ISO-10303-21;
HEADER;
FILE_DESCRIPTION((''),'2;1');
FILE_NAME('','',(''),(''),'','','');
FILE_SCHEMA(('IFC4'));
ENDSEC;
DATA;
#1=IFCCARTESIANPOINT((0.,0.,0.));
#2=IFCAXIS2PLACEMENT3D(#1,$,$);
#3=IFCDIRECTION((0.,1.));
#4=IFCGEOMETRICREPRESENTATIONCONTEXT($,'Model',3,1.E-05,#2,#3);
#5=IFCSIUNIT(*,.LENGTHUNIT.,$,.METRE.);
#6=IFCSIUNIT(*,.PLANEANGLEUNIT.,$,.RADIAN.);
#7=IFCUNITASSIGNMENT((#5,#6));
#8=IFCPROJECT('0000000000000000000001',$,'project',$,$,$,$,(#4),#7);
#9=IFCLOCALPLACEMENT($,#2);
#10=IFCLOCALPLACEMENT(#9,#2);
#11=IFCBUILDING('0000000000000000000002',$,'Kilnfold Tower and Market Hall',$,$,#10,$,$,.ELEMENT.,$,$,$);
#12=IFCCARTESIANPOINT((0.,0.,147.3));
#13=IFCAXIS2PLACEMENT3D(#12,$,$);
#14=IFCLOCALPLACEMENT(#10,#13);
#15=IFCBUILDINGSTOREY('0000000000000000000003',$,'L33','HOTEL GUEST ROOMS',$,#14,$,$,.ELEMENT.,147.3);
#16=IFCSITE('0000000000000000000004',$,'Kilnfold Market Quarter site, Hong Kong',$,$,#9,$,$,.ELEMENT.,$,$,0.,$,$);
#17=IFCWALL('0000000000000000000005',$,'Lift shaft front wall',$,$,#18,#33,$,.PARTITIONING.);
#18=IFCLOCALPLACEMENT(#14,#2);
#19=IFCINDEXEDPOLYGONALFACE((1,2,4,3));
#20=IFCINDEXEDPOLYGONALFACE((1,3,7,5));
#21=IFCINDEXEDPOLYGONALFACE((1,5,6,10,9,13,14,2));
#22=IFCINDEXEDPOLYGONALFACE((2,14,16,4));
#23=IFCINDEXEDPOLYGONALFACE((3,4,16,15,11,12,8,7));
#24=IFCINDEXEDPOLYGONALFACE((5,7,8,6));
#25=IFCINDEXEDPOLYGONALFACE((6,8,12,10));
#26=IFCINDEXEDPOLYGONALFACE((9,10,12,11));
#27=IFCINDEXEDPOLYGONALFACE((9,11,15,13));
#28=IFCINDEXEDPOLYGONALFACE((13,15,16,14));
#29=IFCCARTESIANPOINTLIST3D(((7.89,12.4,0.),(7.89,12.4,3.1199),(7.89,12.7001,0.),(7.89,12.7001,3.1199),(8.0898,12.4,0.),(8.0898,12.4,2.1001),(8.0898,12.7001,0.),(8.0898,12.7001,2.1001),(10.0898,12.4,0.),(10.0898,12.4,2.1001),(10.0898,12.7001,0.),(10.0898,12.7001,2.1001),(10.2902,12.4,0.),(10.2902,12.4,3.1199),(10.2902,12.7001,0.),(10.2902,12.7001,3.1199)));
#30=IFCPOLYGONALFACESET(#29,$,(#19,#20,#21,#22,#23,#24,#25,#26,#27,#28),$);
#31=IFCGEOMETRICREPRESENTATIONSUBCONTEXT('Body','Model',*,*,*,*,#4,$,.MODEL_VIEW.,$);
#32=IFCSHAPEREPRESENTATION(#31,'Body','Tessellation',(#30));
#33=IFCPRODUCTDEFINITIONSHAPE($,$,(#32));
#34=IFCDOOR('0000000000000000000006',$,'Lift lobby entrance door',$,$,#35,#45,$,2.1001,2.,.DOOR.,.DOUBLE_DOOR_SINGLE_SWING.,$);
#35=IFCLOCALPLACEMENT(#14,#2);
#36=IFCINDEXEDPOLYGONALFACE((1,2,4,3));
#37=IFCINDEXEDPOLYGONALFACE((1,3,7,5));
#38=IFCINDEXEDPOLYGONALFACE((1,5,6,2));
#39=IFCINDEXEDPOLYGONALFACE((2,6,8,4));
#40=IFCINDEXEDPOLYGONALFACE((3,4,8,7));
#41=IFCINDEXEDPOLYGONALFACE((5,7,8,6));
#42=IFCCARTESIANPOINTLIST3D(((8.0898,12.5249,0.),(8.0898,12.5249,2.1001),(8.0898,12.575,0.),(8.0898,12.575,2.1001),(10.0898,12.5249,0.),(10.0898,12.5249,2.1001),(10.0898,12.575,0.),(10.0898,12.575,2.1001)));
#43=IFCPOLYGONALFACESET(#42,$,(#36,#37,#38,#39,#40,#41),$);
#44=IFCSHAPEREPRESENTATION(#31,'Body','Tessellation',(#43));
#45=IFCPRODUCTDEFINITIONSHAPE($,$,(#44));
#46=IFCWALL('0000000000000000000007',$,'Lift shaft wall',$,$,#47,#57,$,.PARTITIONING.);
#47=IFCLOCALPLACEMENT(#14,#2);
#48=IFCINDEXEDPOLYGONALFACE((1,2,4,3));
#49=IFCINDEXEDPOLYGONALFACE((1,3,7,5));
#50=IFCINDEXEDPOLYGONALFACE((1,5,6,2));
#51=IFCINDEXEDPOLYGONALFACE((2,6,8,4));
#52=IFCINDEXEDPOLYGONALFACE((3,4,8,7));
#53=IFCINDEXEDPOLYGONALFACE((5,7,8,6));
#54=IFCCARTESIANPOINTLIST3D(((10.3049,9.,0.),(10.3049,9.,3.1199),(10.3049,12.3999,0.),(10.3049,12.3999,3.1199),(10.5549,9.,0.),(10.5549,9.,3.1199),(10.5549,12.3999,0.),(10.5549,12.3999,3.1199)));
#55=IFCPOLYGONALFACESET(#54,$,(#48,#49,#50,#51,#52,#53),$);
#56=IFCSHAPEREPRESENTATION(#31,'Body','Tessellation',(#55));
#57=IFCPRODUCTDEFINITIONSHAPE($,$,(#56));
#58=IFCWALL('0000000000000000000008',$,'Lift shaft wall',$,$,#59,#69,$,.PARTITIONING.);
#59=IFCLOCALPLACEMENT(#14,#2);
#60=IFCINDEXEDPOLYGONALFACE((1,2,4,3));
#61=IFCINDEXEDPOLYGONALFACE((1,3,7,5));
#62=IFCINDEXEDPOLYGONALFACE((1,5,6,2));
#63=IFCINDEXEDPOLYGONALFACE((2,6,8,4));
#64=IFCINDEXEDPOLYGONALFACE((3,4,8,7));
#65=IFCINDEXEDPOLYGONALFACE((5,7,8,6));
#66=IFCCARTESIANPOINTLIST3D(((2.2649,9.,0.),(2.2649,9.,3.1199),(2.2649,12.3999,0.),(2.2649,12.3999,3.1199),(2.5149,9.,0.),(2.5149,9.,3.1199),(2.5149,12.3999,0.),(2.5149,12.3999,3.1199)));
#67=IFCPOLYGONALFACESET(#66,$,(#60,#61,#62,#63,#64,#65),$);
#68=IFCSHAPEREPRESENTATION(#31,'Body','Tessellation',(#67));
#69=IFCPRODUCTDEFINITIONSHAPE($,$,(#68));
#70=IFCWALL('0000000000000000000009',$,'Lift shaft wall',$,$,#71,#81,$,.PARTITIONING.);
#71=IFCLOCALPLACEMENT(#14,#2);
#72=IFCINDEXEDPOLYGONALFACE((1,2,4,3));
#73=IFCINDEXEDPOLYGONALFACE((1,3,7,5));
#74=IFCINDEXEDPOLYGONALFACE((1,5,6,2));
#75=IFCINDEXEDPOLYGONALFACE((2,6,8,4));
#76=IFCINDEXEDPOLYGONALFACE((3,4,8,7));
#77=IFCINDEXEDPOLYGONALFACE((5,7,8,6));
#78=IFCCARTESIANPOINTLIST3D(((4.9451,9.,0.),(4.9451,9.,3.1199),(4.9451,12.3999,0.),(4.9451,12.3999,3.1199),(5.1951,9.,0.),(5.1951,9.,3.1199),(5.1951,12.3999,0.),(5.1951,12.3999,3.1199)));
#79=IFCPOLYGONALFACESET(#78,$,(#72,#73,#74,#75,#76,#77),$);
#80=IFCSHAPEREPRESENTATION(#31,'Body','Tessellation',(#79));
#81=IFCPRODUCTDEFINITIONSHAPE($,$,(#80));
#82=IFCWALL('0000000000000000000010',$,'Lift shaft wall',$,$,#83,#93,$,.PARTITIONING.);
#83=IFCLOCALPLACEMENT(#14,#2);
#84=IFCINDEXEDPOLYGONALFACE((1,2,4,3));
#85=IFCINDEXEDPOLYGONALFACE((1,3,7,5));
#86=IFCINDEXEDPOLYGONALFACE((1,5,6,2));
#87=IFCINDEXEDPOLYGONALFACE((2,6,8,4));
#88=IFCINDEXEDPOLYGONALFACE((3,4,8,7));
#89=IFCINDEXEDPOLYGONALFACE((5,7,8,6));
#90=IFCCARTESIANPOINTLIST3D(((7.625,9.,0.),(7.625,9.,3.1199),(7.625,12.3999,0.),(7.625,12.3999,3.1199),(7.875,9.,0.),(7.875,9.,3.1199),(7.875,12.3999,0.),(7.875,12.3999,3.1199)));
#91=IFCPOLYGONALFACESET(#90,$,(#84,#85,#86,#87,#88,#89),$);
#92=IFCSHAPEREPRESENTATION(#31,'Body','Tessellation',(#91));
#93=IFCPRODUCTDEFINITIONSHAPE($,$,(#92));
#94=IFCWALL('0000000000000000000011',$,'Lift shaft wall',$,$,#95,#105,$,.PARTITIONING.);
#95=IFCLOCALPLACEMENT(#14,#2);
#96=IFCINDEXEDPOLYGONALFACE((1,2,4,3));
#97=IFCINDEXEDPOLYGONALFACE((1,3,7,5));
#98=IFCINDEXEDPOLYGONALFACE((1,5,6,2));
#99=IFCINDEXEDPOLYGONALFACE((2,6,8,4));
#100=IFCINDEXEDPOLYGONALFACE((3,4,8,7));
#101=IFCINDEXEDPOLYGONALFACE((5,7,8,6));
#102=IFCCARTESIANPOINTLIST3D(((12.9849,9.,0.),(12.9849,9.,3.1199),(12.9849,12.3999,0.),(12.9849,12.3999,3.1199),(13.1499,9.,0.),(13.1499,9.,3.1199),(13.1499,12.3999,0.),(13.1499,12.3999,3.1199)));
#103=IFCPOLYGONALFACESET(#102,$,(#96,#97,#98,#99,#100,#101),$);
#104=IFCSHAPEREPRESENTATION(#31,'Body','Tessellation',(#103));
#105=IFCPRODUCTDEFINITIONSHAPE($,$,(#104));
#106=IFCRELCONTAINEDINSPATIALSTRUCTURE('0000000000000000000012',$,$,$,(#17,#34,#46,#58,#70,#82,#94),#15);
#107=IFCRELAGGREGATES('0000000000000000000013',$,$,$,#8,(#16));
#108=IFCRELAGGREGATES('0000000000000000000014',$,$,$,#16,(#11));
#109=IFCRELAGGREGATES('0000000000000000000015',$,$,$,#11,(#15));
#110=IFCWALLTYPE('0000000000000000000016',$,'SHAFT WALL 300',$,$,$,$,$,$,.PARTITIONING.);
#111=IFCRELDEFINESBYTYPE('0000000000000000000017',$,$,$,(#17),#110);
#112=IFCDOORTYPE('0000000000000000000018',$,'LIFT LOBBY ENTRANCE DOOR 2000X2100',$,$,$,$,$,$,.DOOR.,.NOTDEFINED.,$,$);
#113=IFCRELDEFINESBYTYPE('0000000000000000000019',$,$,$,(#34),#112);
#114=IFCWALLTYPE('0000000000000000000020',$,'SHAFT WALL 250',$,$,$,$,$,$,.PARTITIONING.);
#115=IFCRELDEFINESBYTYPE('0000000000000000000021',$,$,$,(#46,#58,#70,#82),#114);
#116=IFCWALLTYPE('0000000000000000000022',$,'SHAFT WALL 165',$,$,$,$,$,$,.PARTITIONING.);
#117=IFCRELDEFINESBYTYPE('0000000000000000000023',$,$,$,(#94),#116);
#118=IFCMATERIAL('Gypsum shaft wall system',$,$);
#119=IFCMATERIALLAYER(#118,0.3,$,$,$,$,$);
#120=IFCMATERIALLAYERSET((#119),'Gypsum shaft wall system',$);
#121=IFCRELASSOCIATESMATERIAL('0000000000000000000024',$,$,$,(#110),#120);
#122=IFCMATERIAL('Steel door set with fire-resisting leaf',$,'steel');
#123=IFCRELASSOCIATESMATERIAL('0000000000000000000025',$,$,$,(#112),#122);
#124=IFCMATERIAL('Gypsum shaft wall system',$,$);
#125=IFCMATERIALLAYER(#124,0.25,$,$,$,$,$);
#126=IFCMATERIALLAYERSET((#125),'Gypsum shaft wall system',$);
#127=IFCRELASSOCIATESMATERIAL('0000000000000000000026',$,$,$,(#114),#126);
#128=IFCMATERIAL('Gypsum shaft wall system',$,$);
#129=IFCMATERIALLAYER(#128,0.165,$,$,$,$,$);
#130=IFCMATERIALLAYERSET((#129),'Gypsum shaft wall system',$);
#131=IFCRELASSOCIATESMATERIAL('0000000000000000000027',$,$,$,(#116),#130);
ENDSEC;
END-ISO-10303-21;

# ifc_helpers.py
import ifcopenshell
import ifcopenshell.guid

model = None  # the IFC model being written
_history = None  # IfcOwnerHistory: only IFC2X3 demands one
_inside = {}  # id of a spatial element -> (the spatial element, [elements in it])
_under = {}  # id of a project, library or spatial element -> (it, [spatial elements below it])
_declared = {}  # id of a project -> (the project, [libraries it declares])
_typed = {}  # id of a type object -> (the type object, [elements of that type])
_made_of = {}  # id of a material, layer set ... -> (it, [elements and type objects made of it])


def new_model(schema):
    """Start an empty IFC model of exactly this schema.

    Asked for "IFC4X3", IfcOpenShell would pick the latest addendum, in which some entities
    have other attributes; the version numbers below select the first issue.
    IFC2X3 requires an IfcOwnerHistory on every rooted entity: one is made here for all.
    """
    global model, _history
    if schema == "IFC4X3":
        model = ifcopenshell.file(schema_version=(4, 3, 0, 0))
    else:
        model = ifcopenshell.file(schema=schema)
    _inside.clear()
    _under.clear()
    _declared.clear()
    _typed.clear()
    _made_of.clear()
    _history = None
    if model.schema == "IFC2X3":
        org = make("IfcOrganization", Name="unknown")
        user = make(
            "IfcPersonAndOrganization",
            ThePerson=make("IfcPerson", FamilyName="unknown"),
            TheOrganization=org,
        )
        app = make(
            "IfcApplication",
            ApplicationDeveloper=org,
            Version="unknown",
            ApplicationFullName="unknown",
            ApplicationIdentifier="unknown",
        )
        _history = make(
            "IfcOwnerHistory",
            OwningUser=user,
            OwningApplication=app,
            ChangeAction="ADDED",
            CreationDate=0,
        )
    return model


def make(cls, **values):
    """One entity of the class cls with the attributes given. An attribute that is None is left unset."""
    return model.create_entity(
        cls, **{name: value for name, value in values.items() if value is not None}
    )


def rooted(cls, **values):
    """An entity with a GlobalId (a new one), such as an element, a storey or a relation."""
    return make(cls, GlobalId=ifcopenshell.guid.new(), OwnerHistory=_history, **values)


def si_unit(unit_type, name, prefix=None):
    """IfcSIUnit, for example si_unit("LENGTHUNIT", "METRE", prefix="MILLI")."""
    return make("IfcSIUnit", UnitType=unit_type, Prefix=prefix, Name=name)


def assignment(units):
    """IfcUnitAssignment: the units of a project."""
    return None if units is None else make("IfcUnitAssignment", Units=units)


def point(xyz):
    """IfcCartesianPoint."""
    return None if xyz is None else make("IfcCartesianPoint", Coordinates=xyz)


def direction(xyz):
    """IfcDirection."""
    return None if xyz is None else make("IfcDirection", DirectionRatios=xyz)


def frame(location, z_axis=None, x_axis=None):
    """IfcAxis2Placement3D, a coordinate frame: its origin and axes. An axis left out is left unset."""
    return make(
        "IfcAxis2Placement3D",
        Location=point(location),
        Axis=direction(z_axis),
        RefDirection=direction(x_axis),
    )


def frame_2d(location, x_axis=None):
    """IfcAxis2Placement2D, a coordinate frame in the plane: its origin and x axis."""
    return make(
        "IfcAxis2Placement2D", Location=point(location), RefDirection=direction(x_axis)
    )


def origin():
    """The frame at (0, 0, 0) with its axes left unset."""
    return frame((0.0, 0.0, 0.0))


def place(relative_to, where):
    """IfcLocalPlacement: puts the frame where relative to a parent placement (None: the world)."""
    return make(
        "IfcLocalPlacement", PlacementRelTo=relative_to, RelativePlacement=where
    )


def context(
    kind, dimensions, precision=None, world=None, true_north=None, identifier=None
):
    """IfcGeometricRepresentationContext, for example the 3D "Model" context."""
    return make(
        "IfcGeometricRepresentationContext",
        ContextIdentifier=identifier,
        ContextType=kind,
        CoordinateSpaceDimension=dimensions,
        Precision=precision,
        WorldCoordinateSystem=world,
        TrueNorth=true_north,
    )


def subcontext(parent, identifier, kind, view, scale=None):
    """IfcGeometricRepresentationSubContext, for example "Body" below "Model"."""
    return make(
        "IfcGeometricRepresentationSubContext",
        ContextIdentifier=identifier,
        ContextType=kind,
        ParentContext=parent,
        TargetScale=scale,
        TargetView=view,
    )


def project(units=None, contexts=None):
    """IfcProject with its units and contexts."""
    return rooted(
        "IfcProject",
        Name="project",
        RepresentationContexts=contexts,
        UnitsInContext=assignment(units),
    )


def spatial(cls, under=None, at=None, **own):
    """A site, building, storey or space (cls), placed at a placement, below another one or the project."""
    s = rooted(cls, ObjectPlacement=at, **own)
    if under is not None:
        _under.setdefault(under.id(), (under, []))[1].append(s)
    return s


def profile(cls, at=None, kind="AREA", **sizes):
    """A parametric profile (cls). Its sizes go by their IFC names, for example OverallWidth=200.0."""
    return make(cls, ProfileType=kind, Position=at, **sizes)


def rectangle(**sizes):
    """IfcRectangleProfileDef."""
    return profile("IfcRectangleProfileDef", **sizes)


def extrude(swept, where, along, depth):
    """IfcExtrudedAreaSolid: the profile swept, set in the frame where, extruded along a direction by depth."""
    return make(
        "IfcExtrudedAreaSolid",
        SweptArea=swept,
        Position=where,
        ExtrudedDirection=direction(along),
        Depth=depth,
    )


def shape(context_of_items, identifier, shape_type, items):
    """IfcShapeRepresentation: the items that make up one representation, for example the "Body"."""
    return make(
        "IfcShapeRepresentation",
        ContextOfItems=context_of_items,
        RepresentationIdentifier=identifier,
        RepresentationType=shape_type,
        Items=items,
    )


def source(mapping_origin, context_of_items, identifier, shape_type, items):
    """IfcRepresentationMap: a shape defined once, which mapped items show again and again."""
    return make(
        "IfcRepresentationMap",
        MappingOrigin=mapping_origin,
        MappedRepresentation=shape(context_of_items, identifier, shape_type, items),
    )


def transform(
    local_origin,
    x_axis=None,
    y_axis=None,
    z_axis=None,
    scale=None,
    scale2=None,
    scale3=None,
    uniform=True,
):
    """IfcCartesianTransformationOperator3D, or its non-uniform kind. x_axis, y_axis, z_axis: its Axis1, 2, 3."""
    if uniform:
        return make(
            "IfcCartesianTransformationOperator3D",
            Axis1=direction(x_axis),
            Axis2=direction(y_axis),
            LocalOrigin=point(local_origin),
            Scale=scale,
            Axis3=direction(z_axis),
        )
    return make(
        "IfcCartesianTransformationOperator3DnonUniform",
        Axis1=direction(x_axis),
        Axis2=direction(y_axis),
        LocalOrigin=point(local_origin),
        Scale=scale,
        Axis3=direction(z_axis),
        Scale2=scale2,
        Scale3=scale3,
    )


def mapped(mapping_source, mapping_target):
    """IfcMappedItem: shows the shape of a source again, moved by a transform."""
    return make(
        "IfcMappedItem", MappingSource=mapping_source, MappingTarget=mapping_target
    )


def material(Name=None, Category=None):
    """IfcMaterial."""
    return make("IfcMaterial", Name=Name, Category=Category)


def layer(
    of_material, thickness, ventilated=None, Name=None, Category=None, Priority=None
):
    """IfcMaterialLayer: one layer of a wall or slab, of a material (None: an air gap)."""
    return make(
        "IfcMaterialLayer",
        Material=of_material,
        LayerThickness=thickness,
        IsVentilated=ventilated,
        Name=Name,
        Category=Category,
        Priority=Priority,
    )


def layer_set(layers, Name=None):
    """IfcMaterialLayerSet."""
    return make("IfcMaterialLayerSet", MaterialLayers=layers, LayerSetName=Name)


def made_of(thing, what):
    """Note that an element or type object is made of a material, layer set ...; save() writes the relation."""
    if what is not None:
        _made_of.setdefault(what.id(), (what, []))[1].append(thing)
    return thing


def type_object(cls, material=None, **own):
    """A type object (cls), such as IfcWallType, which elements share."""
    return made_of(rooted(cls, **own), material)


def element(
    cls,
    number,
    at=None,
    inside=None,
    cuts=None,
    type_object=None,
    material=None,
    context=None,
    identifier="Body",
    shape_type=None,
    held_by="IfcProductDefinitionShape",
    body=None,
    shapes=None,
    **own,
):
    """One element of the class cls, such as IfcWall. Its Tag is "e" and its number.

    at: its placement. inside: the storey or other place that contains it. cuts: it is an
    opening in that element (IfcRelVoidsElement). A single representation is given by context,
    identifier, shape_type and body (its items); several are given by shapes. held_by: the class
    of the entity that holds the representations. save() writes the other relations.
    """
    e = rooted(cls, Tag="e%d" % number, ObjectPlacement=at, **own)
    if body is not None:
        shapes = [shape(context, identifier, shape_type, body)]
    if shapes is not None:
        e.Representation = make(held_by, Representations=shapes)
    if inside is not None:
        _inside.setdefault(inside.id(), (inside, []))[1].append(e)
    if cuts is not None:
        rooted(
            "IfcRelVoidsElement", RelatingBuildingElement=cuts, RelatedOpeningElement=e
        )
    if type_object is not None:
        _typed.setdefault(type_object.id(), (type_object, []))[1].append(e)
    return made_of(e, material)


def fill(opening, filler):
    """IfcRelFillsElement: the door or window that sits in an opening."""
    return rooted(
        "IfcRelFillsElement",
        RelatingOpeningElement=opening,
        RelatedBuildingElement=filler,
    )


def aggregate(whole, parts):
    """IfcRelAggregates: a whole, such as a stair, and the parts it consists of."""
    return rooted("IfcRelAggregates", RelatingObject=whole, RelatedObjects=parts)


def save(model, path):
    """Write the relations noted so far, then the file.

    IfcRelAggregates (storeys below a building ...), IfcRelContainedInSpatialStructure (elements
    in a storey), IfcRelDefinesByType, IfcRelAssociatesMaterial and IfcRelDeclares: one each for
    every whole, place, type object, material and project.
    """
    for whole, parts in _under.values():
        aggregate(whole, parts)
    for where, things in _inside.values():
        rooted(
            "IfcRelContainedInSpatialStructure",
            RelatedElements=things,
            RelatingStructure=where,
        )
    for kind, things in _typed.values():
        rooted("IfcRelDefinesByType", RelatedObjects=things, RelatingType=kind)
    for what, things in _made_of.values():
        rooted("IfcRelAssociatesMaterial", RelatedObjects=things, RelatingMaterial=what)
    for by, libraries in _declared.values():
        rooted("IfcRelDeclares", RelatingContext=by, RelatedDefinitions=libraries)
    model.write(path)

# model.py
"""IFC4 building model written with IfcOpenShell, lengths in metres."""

from ifc_helpers import new_model, si_unit, direction, frame, frame_2d, origin, place, context, subcontext, project, spatial, rectangle, extrude, source, transform, mapped, material, layer, layer_set, type_object, element, fill, save


model = new_model("IFC4")

# Units and contexts
model_context = context("Model", 3, precision=1e-05, world=origin(), true_north=direction((0.0, 1.0)))
body_context = subcontext(model_context, "Body", "Model", "MODEL_VIEW")
ifc_project = project(units=[si_unit("LENGTHUNIT", "METRE"), si_unit("PLANEANGLEUNIT", "RADIAN")], contexts=[model_context])

# Site, building, storey
site_placement = place(None, origin())
site = spatial("IfcSite", under=ifc_project, at=site_placement, Name="Kilnfold Market Quarter site, Hong Kong", CompositionType="ELEMENT", RefElevation=0.0)
building_placement = place(site_placement, origin())
building = spatial("IfcBuilding", under=site, at=building_placement, Name="Kilnfold Tower and Market Hall", CompositionType="ELEMENT")
storey_placement = place(building_placement, frame((0.0, 0.0, 147.3)))
storey = spatial("IfcBuildingStorey", under=building, at=storey_placement, Name="L33", Description="HOTEL GUEST ROOMS", CompositionType="ELEMENT", Elevation=147.3)

# Shared definitions
ifc_material_1 = material(Name="Gypsum shaft wall system")
ifc_layer_1 = layer(ifc_material_1, 0.3)
ifc_layer_set_1 = layer_set([ifc_layer_1], Name="Gypsum shaft wall system")
wall_type_1 = type_object("IfcWallType", Name="SHAFT WALL 300", PredefinedType="PARTITIONING", material=ifc_layer_set_1)

# Wall, opening, door
shared_shape_1 = source(origin(), body_context, "Body", "SweptSolid", [
    extrude(rectangle(XDim=2.4001, YDim=0.3, at=frame_2d((1.2002, 0.0))), origin(), (0.0, 0.0, 1.0), 3.1199),
])
wall_1_placement = place(storey_placement, frame((7.8899, 12.55, 0.0), z_axis=(0.0, 0.0, 1.0), x_axis=(1.0, 0.0, 0.0)))
wall_1 = element("IfcWall", 1, at=wall_1_placement, inside=storey, type_object=wall_type_1, Name="Lift shaft front wall", PredefinedType="PARTITIONING", context=body_context, shape_type="MappedRepresentation", body=[
    mapped(shared_shape_1, transform((0.0, 0.0, 0.0))),
])
opening_1_placement = place(wall_1_placement, frame((0.2, 0.0, 0.0)))
opening_1 = element("IfcOpeningElement", 2, at=opening_1_placement, cuts=wall_1, PredefinedType="OPENING", context=body_context, shape_type="SweptSolid", body=[
    extrude(rectangle(XDim=2.0, YDim=2.1001, at=frame_2d((1.0, 1.05))), frame((0.0, 0.1602, 0.0), z_axis=(0.0, -1.0, 0.0), x_axis=(1.0, 0.0, 0.0)), (0.0, 0.0, 1.0), 0.3201),
])
ifc_material_2 = material(Name="Steel door set with fire-resisting leaf", Category="steel")
door_type_1 = type_object("IfcDoorType", Name="LIFT LOBBY ENTRANCE DOOR 2000X2100", OperationType="NOTDEFINED", PredefinedType="DOOR", material=ifc_material_2)
door_1_placement = place(opening_1_placement, origin())
door_1 = element("IfcDoor", 3, at=door_1_placement, inside=storey, type_object=door_type_1, Name="Lift lobby entrance door", OperationType="DOUBLE_DOOR_SINGLE_SWING", OverallHeight=2.1001, OverallWidth=2.0, PredefinedType="DOOR", context=body_context, shape_type="SweptSolid", body=[
    extrude(rectangle(XDim=2.0, YDim=2.1001, at=frame_2d((1.0, 1.05))), frame((0.0, 0.0249, 0.0), z_axis=(0.0, -1.0, 0.0), x_axis=(1.0, 0.0, 0.0)), (0.0, 0.0, 1.0), 0.05),
])
fill(opening_1, door_1)

# Walls
ifc_material_3 = material(Name="Gypsum shaft wall system")
ifc_layer_2 = layer(ifc_material_3, 0.25)
ifc_layer_set_2 = layer_set([ifc_layer_2], Name="Gypsum shaft wall system")
wall_type_2 = type_object("IfcWallType", Name="SHAFT WALL 250", PredefinedType="PARTITIONING", material=ifc_layer_set_2)
shared_shape_2 = source(origin(), body_context, "Body", "SweptSolid", [
    extrude(rectangle(XDim=3.3999, YDim=0.25, at=frame_2d((1.7, 0.0))), origin(), (0.0, 0.0, 1.0), 3.1199),
])
for number, where, z_axis, x_axis, name in (
    (4, (10.4299, 9.0, 0.0), (0.0, 0.0, 1.0), (0.0, 1.0, 0.0), "Lift shaft wall"),
    (5, (2.3899, 9.0, 0.0), (0.0, 0.0, 1.0), (0.0, 1.0, 0.0), "Lift shaft wall"),
    (6, (5.0701, 9.0, 0.0), (0.0, 0.0, 1.0), (0.0, 1.0, 0.0), "Lift shaft wall"),
    (7, (7.75, 9.0, 0.0), (0.0, 0.0, 1.0), (0.0, 1.0, 0.0), "Lift shaft wall"),
):
    element("IfcWall", number, at=place(storey_placement, frame(where, z_axis=z_axis, x_axis=x_axis)), inside=storey, type_object=wall_type_2, Name=name, PredefinedType="PARTITIONING", context=body_context, shape_type="MappedRepresentation", body=[
        mapped(shared_shape_2, transform((0.0, 0.0, 0.0))),
    ])
ifc_material_4 = material(Name="Gypsum shaft wall system")
ifc_layer_3 = layer(ifc_material_4, 0.165)
ifc_layer_set_3 = layer_set([ifc_layer_3], Name="Gypsum shaft wall system")
wall_type_3 = type_object("IfcWallType", Name="SHAFT WALL 165", PredefinedType="PARTITIONING", material=ifc_layer_set_3)
shared_shape_3 = source(origin(), body_context, "Body", "SweptSolid", [
    extrude(rectangle(XDim=3.3999, YDim=0.165, at=frame_2d((1.7, 0.0))), origin(), (0.0, 0.0, 1.0), 3.1199),
])
wall_2_placement = place(storey_placement, frame((13.0674, 9.0, 0.0), z_axis=(0.0, 0.0, 1.0), x_axis=(0.0, 1.0, 0.0)))
element("IfcWall", 8, at=wall_2_placement, inside=storey, type_object=wall_type_3, Name="Lift shaft wall", PredefinedType="PARTITIONING", context=body_context, shape_type="MappedRepresentation", body=[
    mapped(shared_shape_3, transform((0.0, 0.0, 0.0))),
])

save(model, "model.ifc")
